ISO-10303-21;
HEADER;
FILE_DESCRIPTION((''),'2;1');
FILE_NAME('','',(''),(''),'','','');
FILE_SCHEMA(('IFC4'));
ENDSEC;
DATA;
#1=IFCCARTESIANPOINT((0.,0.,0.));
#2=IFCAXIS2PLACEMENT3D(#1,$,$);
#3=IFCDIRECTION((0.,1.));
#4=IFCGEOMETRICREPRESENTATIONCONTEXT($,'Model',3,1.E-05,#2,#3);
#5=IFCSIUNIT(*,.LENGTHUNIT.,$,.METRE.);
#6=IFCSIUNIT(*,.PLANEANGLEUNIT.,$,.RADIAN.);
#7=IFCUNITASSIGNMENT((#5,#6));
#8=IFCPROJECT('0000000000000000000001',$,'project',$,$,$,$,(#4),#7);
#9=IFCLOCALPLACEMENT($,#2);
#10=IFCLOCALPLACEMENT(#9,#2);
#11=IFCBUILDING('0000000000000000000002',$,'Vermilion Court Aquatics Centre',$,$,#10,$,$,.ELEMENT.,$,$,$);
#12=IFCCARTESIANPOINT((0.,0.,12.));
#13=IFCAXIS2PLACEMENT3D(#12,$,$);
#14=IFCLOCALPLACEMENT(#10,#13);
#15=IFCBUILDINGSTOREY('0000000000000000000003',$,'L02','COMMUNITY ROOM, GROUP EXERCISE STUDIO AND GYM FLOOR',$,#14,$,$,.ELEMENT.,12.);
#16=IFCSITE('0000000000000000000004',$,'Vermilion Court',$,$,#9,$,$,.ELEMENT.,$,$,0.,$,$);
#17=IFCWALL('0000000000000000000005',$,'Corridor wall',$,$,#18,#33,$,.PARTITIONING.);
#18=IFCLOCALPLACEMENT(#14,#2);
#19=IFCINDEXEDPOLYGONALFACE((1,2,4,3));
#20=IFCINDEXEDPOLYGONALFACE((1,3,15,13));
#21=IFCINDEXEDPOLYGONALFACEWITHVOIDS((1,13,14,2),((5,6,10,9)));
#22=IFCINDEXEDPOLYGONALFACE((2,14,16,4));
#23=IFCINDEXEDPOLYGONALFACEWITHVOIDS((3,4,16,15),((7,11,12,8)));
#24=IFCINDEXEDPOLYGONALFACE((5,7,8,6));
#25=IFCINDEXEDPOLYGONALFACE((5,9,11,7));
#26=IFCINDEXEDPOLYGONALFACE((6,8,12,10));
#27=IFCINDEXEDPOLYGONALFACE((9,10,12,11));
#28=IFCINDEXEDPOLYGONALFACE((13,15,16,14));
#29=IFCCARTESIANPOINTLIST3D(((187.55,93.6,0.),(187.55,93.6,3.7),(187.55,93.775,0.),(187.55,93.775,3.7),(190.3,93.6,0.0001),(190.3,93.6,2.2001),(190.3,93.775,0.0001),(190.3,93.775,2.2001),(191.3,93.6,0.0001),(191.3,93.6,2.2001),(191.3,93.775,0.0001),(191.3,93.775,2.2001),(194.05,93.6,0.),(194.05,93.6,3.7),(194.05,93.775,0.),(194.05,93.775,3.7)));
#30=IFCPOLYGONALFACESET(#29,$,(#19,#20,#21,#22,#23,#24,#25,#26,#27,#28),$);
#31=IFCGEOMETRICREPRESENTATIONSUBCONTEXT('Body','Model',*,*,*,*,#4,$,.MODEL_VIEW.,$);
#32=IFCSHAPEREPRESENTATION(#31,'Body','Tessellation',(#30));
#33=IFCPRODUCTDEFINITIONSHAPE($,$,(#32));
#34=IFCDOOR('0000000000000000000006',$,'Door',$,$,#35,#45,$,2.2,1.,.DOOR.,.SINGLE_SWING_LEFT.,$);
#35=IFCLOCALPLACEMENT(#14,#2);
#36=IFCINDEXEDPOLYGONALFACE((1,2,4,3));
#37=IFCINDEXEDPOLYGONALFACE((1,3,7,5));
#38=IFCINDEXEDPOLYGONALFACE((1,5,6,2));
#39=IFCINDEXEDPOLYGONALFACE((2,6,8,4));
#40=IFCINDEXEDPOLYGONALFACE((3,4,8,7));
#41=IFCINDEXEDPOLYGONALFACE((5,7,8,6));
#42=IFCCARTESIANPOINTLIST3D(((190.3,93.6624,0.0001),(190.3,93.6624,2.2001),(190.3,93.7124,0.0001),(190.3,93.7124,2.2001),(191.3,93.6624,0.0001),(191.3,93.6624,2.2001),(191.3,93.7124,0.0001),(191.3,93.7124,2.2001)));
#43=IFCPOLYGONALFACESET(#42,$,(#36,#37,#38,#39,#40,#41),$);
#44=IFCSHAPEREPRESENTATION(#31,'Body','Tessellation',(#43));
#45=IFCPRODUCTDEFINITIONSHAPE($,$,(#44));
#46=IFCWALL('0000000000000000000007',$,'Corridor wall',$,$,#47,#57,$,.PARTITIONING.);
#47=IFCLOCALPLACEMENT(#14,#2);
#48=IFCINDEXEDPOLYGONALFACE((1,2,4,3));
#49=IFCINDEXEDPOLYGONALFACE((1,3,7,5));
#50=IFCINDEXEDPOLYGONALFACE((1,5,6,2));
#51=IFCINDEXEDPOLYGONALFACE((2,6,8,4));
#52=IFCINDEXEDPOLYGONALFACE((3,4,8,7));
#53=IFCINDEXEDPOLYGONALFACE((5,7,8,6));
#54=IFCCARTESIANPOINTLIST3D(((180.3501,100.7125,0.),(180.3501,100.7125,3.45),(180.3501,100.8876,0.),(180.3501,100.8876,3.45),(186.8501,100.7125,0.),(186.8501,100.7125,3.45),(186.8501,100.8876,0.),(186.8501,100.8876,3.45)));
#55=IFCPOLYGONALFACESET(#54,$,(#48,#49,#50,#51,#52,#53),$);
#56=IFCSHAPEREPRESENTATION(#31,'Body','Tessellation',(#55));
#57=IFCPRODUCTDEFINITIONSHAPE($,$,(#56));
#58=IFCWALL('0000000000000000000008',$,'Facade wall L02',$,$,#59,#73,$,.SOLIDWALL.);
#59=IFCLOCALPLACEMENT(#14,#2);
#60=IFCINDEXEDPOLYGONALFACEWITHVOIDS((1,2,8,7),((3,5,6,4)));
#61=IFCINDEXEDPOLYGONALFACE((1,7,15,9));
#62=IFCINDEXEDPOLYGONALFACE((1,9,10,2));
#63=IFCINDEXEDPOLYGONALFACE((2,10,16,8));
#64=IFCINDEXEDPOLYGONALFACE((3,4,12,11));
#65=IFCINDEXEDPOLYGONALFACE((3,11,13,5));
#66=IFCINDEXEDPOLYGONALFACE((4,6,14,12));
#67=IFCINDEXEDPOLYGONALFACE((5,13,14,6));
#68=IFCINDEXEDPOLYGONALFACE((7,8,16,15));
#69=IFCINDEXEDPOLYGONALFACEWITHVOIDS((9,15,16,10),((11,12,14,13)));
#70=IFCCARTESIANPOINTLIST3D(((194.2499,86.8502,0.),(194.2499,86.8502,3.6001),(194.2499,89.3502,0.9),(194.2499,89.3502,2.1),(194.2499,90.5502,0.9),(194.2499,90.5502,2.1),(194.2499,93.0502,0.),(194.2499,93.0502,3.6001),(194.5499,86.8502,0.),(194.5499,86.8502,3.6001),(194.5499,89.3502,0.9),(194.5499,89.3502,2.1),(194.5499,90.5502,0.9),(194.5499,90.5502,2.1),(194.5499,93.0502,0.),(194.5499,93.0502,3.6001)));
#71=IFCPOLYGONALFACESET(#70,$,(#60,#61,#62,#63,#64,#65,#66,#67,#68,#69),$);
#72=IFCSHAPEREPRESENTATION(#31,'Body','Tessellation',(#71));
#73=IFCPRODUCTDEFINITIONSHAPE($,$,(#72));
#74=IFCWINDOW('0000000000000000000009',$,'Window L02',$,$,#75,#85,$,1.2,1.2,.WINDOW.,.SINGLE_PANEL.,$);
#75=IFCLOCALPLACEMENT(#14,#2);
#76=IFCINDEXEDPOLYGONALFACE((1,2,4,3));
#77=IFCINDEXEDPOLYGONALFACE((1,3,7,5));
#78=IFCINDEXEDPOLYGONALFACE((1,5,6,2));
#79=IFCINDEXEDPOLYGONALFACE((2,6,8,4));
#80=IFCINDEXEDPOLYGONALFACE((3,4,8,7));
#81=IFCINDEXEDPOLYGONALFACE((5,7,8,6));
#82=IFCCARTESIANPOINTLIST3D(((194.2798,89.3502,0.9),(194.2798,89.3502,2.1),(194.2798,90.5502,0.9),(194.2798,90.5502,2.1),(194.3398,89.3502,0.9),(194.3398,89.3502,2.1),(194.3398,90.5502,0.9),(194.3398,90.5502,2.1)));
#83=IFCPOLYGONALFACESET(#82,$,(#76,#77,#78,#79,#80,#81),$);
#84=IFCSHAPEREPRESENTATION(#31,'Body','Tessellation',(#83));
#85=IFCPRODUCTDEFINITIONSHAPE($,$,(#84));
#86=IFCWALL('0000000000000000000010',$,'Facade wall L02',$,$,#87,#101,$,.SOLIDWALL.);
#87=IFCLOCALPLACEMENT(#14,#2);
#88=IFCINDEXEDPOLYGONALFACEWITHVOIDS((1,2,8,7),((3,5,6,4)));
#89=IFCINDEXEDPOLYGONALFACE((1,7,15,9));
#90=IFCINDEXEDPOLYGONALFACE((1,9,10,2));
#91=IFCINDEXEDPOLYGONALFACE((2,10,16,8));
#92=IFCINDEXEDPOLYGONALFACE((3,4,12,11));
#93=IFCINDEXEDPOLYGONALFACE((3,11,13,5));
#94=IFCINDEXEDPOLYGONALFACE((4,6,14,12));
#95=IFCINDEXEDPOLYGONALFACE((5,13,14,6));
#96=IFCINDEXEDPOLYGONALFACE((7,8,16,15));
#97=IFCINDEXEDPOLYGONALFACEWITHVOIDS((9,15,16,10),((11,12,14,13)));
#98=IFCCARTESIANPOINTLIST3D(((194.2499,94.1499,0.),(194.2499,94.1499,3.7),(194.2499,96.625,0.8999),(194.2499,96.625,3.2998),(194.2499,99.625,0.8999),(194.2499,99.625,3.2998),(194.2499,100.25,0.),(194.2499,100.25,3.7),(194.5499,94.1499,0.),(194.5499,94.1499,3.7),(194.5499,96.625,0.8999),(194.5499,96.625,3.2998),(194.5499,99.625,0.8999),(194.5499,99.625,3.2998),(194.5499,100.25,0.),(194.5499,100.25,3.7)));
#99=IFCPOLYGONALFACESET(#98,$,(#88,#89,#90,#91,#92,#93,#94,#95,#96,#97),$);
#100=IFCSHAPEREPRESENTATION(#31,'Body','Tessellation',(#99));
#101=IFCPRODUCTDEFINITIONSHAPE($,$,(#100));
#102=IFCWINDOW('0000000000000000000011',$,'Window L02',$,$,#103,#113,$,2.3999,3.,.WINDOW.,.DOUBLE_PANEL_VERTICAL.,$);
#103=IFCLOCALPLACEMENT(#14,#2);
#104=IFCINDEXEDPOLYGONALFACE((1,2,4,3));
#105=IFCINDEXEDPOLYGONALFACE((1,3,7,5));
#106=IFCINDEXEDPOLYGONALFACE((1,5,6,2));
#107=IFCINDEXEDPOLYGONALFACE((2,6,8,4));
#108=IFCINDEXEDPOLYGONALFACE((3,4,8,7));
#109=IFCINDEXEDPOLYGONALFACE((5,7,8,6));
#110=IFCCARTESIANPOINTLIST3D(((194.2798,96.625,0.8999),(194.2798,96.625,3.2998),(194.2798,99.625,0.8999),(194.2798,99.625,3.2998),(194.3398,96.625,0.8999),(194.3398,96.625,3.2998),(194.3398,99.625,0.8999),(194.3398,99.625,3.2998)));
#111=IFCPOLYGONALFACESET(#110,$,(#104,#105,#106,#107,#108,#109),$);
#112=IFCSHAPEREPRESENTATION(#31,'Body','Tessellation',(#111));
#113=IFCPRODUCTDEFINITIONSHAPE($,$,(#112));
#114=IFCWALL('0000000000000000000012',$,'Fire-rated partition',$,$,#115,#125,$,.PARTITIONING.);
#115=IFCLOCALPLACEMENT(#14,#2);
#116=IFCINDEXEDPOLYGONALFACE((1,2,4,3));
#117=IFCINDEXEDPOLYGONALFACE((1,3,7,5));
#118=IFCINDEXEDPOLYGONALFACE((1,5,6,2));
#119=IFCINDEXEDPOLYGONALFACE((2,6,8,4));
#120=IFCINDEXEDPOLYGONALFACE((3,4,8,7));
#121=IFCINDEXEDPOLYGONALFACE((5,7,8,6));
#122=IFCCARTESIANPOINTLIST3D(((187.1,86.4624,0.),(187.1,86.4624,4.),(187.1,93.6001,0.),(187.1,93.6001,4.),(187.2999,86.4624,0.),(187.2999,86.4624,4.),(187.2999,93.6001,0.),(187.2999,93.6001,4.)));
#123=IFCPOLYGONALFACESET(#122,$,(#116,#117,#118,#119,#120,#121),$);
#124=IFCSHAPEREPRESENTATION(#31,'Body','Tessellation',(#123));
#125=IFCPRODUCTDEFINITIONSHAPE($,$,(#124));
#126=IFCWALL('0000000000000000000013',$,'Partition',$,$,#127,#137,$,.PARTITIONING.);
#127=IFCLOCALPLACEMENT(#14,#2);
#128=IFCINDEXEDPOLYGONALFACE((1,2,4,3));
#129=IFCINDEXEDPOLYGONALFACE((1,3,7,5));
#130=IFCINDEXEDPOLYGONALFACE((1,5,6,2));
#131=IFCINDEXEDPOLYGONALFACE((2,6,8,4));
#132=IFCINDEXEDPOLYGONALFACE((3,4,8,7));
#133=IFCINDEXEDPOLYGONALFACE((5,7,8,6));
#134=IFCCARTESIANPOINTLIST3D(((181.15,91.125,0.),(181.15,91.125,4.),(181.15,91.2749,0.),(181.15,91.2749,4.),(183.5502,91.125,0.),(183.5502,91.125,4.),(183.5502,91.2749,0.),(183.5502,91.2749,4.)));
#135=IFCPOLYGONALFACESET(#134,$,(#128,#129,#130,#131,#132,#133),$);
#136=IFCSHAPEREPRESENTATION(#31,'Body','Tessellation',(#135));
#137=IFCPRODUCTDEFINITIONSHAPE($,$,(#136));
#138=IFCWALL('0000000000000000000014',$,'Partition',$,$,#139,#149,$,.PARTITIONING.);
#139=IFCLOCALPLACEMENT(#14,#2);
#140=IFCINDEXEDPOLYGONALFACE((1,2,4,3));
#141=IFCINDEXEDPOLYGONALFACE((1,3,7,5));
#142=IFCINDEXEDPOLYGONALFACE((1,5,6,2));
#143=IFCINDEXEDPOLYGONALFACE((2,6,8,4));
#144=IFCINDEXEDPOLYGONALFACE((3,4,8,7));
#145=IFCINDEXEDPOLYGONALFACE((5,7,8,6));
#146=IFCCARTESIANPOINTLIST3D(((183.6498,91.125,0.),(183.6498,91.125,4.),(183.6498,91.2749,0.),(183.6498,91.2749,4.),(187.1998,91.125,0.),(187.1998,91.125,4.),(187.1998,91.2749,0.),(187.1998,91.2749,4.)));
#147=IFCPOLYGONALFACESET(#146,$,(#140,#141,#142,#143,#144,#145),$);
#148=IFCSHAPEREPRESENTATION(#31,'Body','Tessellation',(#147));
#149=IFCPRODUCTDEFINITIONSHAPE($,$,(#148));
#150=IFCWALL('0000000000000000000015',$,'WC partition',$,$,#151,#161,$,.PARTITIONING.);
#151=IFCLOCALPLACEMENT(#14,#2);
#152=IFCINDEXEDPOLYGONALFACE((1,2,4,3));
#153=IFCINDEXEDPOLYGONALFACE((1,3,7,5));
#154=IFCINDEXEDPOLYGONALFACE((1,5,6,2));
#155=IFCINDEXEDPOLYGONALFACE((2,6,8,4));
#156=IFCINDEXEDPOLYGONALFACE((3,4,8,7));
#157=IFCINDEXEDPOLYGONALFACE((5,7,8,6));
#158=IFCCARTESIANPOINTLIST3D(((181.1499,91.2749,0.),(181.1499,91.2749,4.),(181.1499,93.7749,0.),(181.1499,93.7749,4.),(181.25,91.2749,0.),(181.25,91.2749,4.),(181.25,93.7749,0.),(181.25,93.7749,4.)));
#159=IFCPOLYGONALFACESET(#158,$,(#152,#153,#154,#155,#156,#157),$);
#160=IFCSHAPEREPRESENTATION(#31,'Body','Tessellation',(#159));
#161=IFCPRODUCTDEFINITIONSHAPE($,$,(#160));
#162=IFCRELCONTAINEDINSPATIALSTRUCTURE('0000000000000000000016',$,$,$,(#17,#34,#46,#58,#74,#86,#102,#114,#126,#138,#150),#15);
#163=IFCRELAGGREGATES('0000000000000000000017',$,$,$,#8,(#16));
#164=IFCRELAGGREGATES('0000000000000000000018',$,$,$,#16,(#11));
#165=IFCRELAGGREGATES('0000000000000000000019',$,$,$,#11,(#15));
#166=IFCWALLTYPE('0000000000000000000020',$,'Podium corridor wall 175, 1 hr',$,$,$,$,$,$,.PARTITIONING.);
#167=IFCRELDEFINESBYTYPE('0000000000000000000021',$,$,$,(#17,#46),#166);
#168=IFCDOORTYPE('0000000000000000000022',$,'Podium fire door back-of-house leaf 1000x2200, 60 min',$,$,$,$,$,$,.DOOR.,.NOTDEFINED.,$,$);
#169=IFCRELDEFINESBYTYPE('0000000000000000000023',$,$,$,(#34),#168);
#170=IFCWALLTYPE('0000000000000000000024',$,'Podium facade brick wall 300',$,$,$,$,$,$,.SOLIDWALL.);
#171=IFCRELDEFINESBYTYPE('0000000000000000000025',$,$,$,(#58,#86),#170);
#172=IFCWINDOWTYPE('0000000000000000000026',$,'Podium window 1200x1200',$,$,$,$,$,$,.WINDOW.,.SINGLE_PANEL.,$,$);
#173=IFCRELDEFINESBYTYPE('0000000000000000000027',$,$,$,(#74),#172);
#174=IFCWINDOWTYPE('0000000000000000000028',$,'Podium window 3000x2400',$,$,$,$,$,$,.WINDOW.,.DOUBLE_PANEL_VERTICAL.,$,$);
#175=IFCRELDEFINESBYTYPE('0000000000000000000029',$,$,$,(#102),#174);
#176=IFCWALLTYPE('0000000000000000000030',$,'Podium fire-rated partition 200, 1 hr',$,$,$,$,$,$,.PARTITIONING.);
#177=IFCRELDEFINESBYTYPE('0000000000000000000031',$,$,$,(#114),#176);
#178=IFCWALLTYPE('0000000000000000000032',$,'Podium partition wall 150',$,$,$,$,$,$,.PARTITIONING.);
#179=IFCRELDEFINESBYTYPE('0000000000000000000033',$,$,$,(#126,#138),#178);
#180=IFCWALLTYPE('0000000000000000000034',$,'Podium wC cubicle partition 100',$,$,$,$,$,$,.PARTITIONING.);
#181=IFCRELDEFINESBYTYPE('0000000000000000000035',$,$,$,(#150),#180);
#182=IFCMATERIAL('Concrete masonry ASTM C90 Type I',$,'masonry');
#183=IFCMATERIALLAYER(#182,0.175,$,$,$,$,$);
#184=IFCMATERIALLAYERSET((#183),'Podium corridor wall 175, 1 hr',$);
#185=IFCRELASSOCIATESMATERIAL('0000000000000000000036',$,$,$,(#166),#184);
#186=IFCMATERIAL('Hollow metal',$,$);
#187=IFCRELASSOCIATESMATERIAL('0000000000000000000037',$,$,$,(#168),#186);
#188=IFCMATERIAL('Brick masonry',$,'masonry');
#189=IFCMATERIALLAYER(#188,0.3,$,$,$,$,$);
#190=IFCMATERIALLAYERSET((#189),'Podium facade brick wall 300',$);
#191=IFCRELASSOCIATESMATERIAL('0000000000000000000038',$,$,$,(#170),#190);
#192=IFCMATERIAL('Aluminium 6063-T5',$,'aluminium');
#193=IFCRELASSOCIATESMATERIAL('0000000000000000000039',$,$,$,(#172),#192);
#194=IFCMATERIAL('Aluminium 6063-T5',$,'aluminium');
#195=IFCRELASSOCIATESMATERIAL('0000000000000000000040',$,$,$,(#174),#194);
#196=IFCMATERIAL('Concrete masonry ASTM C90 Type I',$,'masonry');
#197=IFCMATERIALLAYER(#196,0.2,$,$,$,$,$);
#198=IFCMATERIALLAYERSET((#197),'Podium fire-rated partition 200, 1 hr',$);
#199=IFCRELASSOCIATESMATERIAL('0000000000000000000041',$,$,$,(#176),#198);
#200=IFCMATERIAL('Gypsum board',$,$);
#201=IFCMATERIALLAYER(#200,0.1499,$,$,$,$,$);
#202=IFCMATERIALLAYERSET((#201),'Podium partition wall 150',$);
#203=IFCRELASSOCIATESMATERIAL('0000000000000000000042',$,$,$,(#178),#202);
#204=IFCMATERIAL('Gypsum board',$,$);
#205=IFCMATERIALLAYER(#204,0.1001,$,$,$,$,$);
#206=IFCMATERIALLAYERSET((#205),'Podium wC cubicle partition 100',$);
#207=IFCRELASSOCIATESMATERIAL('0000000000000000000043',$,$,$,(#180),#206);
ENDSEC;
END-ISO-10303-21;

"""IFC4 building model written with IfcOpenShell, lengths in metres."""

from ifc_helpers import new_model, si_unit, direction, frame, frame_2d, origin, place, context, subcontext, project, spatial, rectangle, extrude, material, layer, layer_set, type_object, element, fill, save


model = new_model("IFC4")

# Units and contexts
model_context = context("Model", 3, precision=1e-05, world=origin(), true_north=direction((0.0, 1.0)))
body_context = subcontext(model_context, "Body", "Model", "MODEL_VIEW")
ifc_project = project(units=[si_unit("LENGTHUNIT", "METRE"), si_unit("PLANEANGLEUNIT", "RADIAN")], contexts=[model_context])

# Site, building, storey
site_placement = place(None, origin())
site = spatial("IfcSite", under=ifc_project, at=site_placement, Name="Vermilion Court", CompositionType="ELEMENT", RefElevation=0.0)
building_placement = place(site_placement, origin())
building = spatial("IfcBuilding", under=site, at=building_placement, Name="Vermilion Court Aquatics Centre", CompositionType="ELEMENT")
storey_placement = place(building_placement, frame((0.0, 0.0, 12.0)))
storey = spatial("IfcBuildingStorey", under=building, at=storey_placement, Name="L02", Description="COMMUNITY ROOM, GROUP EXERCISE STUDIO AND GYM FLOOR", CompositionType="ELEMENT", Elevation=12.0)

# Wall, opening, door
ifc_material_1 = material(Name="Concrete masonry ASTM C90 Type I", Category="masonry")
ifc_layer_1 = layer(ifc_material_1, 0.175)
ifc_layer_set_1 = layer_set([ifc_layer_1], Name="Podium corridor wall 175, 1 hr")
wall_type_1 = type_object("IfcWallType", Name="Podium corridor wall 175, 1 hr", PredefinedType="PARTITIONING", material=ifc_layer_set_1)
wall_1_placement = place(storey_placement, frame((187.55, 93.6875, 0.0), z_axis=(0.0, 0.0, 1.0), x_axis=(1.0, 0.0, 0.0)))
wall_1 = element("IfcWall", 1, at=wall_1_placement, inside=storey, type_object=wall_type_1, Name="Corridor wall", PredefinedType="PARTITIONING", context=body_context, shape_type="SweptSolid", body=[
    extrude(rectangle(XDim=6.5, YDim=0.175, at=frame_2d((3.25, 0.0))), origin(), (0.0, 0.0, 1.0), 3.7),
])
opening_1_placement = place(wall_1_placement, frame((2.75, 0.0, 0.0)))
opening_1 = element("IfcOpeningElement", 2, at=opening_1_placement, cuts=wall_1, PredefinedType="OPENING", context=body_context, shape_type="SweptSolid", body=[
    extrude(rectangle(XDim=1.0, YDim=2.2, at=frame_2d((0.5, 1.1001))), frame((0.0, 0.0974, 0.0), z_axis=(0.0, -1.0, 0.0), x_axis=(1.0, 0.0, 0.0)), (0.0, 0.0, 1.0), 0.1951),
])
ifc_material_2 = material(Name="Hollow metal")
door_type_1 = type_object("IfcDoorType", Name="Podium fire door back-of-house leaf 1000x2200, 60 min", OperationType="NOTDEFINED", PredefinedType="DOOR", material=ifc_material_2)
door_1_placement = place(opening_1_placement, frame((1.0, 0.0, 0.0), z_axis=(0.0, 0.0, 1.0), x_axis=(-1.0, 0.0, 0.0)))
door_1 = element("IfcDoor", 3, at=door_1_placement, inside=storey, type_object=door_type_1, Name="Door", OperationType="SINGLE_SWING_LEFT", OverallHeight=2.2, OverallWidth=1.0, PredefinedType="DOOR", context=body_context, shape_type="SweptSolid", body=[
    extrude(rectangle(XDim=1.0, YDim=2.2, at=frame_2d((0.5, 1.1001))), frame((0.0, 0.0251, 0.0), z_axis=(0.0, -1.0, 0.0), x_axis=(1.0, 0.0, 0.0)), (0.0, 0.0, 1.0), 0.05),
])
fill(opening_1, door_1)

# Wall
wall_2_placement = place(storey_placement, frame((180.3501, 100.8, 0.0), z_axis=(0.0, 0.0, 1.0), x_axis=(1.0, 0.0, 0.0)))
element("IfcWall", 4, at=wall_2_placement, inside=storey, type_object=wall_type_1, Name="Corridor wall", PredefinedType="PARTITIONING", context=body_context, shape_type="SweptSolid", body=[
    extrude(rectangle(XDim=6.5, YDim=0.175, at=frame_2d((3.25, 0.0))), origin(), (0.0, 0.0, 1.0), 3.45),
])

# Walls, openings, windows
ifc_material_3 = material(Name="Brick masonry", Category="masonry")
ifc_layer_2 = layer(ifc_material_3, 0.3)
ifc_layer_set_2 = layer_set([ifc_layer_2], Name="Podium facade brick wall 300")
wall_type_2 = type_object("IfcWallType", Name="Podium facade brick wall 300", PredefinedType="SOLIDWALL", material=ifc_layer_set_2)
wall_3_placement = place(storey_placement, frame((194.3999, 86.8501, 0.0), z_axis=(0.0, 0.0, 1.0), x_axis=(0.0, 1.0, 0.0)))
wall_3 = element("IfcWall", 5, at=wall_3_placement, inside=storey, type_object=wall_type_2, Name="Facade wall L02", PredefinedType="SOLIDWALL", context=body_context, shape_type="SweptSolid", body=[
    extrude(rectangle(XDim=6.2, YDim=0.3, at=frame_2d((3.1001, 0.0))), origin(), (0.0, 0.0, 1.0), 3.6001),
])
opening_2_placement = place(wall_3_placement, frame((2.5, 0.0, 0.8999)))
opening_2 = element("IfcOpeningElement", 6, at=opening_2_placement, cuts=wall_3, PredefinedType="OPENING", context=body_context, shape_type="SweptSolid", body=[
    extrude(rectangle(XDim=1.2, YDim=1.2, at=frame_2d((0.6001, 0.6001))), frame((0.0, 0.1599, 0.0), z_axis=(0.0, -1.0, 0.0), x_axis=(1.0, 0.0, 0.0)), (0.0, 0.0, 1.0), 0.3201),
])
ifc_material_4 = material(Name="Aluminium 6063-T5", Category="aluminium")
window_type_1 = type_object("IfcWindowType", Name="Podium window 1200x1200", PartitioningType="SINGLE_PANEL", PredefinedType="WINDOW", material=ifc_material_4)
window_1_placement = place(opening_2_placement, origin())
window_1 = element("IfcWindow", 7, at=window_1_placement, inside=storey, type_object=window_type_1, Name="Window L02", OverallHeight=1.2, OverallWidth=1.2, PartitioningType="SINGLE_PANEL", PredefinedType="WINDOW", context=body_context, shape_type="SweptSolid", body=[
    extrude(rectangle(XDim=1.2, YDim=1.2, at=frame_2d((0.6001, 0.6001))), frame((0.0, 0.1201, 0.0), z_axis=(0.0, -1.0, 0.0), x_axis=(1.0, 0.0, 0.0)), (0.0, 0.0, 1.0), 0.0601),
])
fill(opening_2, window_1)
wall_4_placement = place(storey_placement, frame((194.3999, 94.1499, 0.0), z_axis=(0.0, 0.0, 1.0), x_axis=(0.0, 1.0, 0.0)))
wall_4 = element("IfcWall", 8, at=wall_4_placement, inside=storey, type_object=wall_type_2, Name="Facade wall L02", PredefinedType="SOLIDWALL", context=body_context, shape_type="SweptSolid", body=[
    extrude(rectangle(XDim=6.1001, YDim=0.3, at=frame_2d((3.05, 0.0))), origin(), (0.0, 0.0, 1.0), 3.7),
])
opening_3_placement = place(wall_4_placement, frame((2.4751, 0.0, 0.8999)))
opening_3 = element("IfcOpeningElement", 9, at=opening_3_placement, cuts=wall_4, PredefinedType="OPENING", context=body_context, shape_type="SweptSolid", body=[
    extrude(rectangle(XDim=3.0, YDim=2.3999, at=frame_2d((1.5, 1.2))), frame((0.0, 0.1599, 0.0), z_axis=(0.0, -1.0, 0.0), x_axis=(1.0, 0.0, 0.0)), (0.0, 0.0, 1.0), 0.3201),
])
ifc_material_5 = material(Name="Aluminium 6063-T5", Category="aluminium")
window_type_2 = type_object("IfcWindowType", Name="Podium window 3000x2400", PartitioningType="DOUBLE_PANEL_VERTICAL", PredefinedType="WINDOW", material=ifc_material_5)
window_2_placement = place(opening_3_placement, origin())
window_2 = element("IfcWindow", 10, at=window_2_placement, inside=storey, type_object=window_type_2, Name="Window L02", OverallHeight=2.3999, OverallWidth=3.0, PartitioningType="DOUBLE_PANEL_VERTICAL", PredefinedType="WINDOW", context=body_context, shape_type="SweptSolid", body=[
    extrude(rectangle(XDim=3.0, YDim=2.3999, at=frame_2d((1.5, 1.2))), frame((0.0, 0.1201, 0.0), z_axis=(0.0, -1.0, 0.0), x_axis=(1.0, 0.0, 0.0)), (0.0, 0.0, 1.0), 0.0601),
])
fill(opening_3, window_2)

# Walls
ifc_material_6 = material(Name="Concrete masonry ASTM C90 Type I", Category="masonry")
ifc_layer_3 = layer(ifc_material_6, 0.2)
ifc_layer_set_3 = layer_set([ifc_layer_3], Name="Podium fire-rated partition 200, 1 hr")
wall_type_3 = type_object("IfcWallType", Name="Podium fire-rated partition 200, 1 hr", PredefinedType="PARTITIONING", material=ifc_layer_set_3)
wall_5_placement = place(storey_placement, frame((187.2, 86.4624, 0.0), z_axis=(0.0, 0.0, 1.0), x_axis=(0.0, 1.0, 0.0)))
element("IfcWall", 11, at=wall_5_placement, inside=storey, type_object=wall_type_3, Name="Fire-rated partition", PredefinedType="PARTITIONING", context=body_context, shape_type="SweptSolid", body=[
    extrude(rectangle(XDim=7.1377, YDim=0.2, at=frame_2d((3.5688, 0.0))), origin(), (0.0, 0.0, 1.0), 4.0),
])
ifc_material_7 = material(Name="Gypsum board")
ifc_layer_4 = layer(ifc_material_7, 0.1499)
ifc_layer_set_4 = layer_set([ifc_layer_4], Name="Podium partition wall 150")
wall_type_4 = type_object("IfcWallType", Name="Podium partition wall 150", PredefinedType="PARTITIONING", material=ifc_layer_set_4)
wall_6_placement = place(storey_placement, frame((181.1499, 91.2, 0.0), z_axis=(0.0, 0.0, 1.0), x_axis=(1.0, 0.0, 0.0)))
element("IfcWall", 12, at=wall_6_placement, inside=storey, type_object=wall_type_4, Name="Partition", PredefinedType="PARTITIONING", context=body_context, shape_type="SweptSolid", body=[
    extrude(rectangle(XDim=2.4001, YDim=0.1499, at=frame_2d((1.2002, 0.0))), origin(), (0.0, 0.0, 1.0), 4.0),
])
wall_7_placement = place(storey_placement, frame((183.6499, 91.2, 0.0), z_axis=(0.0, 0.0, 1.0), x_axis=(1.0, 0.0, 0.0)))
element("IfcWall", 13, at=wall_7_placement, inside=storey, type_object=wall_type_4, Name="Partition", PredefinedType="PARTITIONING", context=body_context, shape_type="SweptSolid", body=[
    extrude(rectangle(XDim=3.55, YDim=0.1499, at=frame_2d((1.7749, 0.0))), origin(), (0.0, 0.0, 1.0), 4.0),
])
ifc_material_8 = material(Name="Gypsum board")
ifc_layer_5 = layer(ifc_material_8, 0.1001)
ifc_layer_set_5 = layer_set([ifc_layer_5], Name="Podium wC cubicle partition 100")
wall_type_5 = type_object("IfcWallType", Name="Podium wC cubicle partition 100", PredefinedType="PARTITIONING", material=ifc_layer_set_5)
wall_8_placement = place(storey_placement, frame((181.2, 91.2749, 0.0), z_axis=(0.0, 0.0, 1.0), x_axis=(0.0, 1.0, 0.0)))
element("IfcWall", 14, at=wall_8_placement, inside=storey, type_object=wall_type_5, Name="WC partition", PredefinedType="PARTITIONING", context=body_context, shape_type="SweptSolid", body=[
    extrude(rectangle(XDim=2.5, YDim=0.1001, at=frame_2d((1.25, 0.0))), origin(), (0.0, 0.0, 1.0), 4.0),
])

save(model, "model.ifc")
